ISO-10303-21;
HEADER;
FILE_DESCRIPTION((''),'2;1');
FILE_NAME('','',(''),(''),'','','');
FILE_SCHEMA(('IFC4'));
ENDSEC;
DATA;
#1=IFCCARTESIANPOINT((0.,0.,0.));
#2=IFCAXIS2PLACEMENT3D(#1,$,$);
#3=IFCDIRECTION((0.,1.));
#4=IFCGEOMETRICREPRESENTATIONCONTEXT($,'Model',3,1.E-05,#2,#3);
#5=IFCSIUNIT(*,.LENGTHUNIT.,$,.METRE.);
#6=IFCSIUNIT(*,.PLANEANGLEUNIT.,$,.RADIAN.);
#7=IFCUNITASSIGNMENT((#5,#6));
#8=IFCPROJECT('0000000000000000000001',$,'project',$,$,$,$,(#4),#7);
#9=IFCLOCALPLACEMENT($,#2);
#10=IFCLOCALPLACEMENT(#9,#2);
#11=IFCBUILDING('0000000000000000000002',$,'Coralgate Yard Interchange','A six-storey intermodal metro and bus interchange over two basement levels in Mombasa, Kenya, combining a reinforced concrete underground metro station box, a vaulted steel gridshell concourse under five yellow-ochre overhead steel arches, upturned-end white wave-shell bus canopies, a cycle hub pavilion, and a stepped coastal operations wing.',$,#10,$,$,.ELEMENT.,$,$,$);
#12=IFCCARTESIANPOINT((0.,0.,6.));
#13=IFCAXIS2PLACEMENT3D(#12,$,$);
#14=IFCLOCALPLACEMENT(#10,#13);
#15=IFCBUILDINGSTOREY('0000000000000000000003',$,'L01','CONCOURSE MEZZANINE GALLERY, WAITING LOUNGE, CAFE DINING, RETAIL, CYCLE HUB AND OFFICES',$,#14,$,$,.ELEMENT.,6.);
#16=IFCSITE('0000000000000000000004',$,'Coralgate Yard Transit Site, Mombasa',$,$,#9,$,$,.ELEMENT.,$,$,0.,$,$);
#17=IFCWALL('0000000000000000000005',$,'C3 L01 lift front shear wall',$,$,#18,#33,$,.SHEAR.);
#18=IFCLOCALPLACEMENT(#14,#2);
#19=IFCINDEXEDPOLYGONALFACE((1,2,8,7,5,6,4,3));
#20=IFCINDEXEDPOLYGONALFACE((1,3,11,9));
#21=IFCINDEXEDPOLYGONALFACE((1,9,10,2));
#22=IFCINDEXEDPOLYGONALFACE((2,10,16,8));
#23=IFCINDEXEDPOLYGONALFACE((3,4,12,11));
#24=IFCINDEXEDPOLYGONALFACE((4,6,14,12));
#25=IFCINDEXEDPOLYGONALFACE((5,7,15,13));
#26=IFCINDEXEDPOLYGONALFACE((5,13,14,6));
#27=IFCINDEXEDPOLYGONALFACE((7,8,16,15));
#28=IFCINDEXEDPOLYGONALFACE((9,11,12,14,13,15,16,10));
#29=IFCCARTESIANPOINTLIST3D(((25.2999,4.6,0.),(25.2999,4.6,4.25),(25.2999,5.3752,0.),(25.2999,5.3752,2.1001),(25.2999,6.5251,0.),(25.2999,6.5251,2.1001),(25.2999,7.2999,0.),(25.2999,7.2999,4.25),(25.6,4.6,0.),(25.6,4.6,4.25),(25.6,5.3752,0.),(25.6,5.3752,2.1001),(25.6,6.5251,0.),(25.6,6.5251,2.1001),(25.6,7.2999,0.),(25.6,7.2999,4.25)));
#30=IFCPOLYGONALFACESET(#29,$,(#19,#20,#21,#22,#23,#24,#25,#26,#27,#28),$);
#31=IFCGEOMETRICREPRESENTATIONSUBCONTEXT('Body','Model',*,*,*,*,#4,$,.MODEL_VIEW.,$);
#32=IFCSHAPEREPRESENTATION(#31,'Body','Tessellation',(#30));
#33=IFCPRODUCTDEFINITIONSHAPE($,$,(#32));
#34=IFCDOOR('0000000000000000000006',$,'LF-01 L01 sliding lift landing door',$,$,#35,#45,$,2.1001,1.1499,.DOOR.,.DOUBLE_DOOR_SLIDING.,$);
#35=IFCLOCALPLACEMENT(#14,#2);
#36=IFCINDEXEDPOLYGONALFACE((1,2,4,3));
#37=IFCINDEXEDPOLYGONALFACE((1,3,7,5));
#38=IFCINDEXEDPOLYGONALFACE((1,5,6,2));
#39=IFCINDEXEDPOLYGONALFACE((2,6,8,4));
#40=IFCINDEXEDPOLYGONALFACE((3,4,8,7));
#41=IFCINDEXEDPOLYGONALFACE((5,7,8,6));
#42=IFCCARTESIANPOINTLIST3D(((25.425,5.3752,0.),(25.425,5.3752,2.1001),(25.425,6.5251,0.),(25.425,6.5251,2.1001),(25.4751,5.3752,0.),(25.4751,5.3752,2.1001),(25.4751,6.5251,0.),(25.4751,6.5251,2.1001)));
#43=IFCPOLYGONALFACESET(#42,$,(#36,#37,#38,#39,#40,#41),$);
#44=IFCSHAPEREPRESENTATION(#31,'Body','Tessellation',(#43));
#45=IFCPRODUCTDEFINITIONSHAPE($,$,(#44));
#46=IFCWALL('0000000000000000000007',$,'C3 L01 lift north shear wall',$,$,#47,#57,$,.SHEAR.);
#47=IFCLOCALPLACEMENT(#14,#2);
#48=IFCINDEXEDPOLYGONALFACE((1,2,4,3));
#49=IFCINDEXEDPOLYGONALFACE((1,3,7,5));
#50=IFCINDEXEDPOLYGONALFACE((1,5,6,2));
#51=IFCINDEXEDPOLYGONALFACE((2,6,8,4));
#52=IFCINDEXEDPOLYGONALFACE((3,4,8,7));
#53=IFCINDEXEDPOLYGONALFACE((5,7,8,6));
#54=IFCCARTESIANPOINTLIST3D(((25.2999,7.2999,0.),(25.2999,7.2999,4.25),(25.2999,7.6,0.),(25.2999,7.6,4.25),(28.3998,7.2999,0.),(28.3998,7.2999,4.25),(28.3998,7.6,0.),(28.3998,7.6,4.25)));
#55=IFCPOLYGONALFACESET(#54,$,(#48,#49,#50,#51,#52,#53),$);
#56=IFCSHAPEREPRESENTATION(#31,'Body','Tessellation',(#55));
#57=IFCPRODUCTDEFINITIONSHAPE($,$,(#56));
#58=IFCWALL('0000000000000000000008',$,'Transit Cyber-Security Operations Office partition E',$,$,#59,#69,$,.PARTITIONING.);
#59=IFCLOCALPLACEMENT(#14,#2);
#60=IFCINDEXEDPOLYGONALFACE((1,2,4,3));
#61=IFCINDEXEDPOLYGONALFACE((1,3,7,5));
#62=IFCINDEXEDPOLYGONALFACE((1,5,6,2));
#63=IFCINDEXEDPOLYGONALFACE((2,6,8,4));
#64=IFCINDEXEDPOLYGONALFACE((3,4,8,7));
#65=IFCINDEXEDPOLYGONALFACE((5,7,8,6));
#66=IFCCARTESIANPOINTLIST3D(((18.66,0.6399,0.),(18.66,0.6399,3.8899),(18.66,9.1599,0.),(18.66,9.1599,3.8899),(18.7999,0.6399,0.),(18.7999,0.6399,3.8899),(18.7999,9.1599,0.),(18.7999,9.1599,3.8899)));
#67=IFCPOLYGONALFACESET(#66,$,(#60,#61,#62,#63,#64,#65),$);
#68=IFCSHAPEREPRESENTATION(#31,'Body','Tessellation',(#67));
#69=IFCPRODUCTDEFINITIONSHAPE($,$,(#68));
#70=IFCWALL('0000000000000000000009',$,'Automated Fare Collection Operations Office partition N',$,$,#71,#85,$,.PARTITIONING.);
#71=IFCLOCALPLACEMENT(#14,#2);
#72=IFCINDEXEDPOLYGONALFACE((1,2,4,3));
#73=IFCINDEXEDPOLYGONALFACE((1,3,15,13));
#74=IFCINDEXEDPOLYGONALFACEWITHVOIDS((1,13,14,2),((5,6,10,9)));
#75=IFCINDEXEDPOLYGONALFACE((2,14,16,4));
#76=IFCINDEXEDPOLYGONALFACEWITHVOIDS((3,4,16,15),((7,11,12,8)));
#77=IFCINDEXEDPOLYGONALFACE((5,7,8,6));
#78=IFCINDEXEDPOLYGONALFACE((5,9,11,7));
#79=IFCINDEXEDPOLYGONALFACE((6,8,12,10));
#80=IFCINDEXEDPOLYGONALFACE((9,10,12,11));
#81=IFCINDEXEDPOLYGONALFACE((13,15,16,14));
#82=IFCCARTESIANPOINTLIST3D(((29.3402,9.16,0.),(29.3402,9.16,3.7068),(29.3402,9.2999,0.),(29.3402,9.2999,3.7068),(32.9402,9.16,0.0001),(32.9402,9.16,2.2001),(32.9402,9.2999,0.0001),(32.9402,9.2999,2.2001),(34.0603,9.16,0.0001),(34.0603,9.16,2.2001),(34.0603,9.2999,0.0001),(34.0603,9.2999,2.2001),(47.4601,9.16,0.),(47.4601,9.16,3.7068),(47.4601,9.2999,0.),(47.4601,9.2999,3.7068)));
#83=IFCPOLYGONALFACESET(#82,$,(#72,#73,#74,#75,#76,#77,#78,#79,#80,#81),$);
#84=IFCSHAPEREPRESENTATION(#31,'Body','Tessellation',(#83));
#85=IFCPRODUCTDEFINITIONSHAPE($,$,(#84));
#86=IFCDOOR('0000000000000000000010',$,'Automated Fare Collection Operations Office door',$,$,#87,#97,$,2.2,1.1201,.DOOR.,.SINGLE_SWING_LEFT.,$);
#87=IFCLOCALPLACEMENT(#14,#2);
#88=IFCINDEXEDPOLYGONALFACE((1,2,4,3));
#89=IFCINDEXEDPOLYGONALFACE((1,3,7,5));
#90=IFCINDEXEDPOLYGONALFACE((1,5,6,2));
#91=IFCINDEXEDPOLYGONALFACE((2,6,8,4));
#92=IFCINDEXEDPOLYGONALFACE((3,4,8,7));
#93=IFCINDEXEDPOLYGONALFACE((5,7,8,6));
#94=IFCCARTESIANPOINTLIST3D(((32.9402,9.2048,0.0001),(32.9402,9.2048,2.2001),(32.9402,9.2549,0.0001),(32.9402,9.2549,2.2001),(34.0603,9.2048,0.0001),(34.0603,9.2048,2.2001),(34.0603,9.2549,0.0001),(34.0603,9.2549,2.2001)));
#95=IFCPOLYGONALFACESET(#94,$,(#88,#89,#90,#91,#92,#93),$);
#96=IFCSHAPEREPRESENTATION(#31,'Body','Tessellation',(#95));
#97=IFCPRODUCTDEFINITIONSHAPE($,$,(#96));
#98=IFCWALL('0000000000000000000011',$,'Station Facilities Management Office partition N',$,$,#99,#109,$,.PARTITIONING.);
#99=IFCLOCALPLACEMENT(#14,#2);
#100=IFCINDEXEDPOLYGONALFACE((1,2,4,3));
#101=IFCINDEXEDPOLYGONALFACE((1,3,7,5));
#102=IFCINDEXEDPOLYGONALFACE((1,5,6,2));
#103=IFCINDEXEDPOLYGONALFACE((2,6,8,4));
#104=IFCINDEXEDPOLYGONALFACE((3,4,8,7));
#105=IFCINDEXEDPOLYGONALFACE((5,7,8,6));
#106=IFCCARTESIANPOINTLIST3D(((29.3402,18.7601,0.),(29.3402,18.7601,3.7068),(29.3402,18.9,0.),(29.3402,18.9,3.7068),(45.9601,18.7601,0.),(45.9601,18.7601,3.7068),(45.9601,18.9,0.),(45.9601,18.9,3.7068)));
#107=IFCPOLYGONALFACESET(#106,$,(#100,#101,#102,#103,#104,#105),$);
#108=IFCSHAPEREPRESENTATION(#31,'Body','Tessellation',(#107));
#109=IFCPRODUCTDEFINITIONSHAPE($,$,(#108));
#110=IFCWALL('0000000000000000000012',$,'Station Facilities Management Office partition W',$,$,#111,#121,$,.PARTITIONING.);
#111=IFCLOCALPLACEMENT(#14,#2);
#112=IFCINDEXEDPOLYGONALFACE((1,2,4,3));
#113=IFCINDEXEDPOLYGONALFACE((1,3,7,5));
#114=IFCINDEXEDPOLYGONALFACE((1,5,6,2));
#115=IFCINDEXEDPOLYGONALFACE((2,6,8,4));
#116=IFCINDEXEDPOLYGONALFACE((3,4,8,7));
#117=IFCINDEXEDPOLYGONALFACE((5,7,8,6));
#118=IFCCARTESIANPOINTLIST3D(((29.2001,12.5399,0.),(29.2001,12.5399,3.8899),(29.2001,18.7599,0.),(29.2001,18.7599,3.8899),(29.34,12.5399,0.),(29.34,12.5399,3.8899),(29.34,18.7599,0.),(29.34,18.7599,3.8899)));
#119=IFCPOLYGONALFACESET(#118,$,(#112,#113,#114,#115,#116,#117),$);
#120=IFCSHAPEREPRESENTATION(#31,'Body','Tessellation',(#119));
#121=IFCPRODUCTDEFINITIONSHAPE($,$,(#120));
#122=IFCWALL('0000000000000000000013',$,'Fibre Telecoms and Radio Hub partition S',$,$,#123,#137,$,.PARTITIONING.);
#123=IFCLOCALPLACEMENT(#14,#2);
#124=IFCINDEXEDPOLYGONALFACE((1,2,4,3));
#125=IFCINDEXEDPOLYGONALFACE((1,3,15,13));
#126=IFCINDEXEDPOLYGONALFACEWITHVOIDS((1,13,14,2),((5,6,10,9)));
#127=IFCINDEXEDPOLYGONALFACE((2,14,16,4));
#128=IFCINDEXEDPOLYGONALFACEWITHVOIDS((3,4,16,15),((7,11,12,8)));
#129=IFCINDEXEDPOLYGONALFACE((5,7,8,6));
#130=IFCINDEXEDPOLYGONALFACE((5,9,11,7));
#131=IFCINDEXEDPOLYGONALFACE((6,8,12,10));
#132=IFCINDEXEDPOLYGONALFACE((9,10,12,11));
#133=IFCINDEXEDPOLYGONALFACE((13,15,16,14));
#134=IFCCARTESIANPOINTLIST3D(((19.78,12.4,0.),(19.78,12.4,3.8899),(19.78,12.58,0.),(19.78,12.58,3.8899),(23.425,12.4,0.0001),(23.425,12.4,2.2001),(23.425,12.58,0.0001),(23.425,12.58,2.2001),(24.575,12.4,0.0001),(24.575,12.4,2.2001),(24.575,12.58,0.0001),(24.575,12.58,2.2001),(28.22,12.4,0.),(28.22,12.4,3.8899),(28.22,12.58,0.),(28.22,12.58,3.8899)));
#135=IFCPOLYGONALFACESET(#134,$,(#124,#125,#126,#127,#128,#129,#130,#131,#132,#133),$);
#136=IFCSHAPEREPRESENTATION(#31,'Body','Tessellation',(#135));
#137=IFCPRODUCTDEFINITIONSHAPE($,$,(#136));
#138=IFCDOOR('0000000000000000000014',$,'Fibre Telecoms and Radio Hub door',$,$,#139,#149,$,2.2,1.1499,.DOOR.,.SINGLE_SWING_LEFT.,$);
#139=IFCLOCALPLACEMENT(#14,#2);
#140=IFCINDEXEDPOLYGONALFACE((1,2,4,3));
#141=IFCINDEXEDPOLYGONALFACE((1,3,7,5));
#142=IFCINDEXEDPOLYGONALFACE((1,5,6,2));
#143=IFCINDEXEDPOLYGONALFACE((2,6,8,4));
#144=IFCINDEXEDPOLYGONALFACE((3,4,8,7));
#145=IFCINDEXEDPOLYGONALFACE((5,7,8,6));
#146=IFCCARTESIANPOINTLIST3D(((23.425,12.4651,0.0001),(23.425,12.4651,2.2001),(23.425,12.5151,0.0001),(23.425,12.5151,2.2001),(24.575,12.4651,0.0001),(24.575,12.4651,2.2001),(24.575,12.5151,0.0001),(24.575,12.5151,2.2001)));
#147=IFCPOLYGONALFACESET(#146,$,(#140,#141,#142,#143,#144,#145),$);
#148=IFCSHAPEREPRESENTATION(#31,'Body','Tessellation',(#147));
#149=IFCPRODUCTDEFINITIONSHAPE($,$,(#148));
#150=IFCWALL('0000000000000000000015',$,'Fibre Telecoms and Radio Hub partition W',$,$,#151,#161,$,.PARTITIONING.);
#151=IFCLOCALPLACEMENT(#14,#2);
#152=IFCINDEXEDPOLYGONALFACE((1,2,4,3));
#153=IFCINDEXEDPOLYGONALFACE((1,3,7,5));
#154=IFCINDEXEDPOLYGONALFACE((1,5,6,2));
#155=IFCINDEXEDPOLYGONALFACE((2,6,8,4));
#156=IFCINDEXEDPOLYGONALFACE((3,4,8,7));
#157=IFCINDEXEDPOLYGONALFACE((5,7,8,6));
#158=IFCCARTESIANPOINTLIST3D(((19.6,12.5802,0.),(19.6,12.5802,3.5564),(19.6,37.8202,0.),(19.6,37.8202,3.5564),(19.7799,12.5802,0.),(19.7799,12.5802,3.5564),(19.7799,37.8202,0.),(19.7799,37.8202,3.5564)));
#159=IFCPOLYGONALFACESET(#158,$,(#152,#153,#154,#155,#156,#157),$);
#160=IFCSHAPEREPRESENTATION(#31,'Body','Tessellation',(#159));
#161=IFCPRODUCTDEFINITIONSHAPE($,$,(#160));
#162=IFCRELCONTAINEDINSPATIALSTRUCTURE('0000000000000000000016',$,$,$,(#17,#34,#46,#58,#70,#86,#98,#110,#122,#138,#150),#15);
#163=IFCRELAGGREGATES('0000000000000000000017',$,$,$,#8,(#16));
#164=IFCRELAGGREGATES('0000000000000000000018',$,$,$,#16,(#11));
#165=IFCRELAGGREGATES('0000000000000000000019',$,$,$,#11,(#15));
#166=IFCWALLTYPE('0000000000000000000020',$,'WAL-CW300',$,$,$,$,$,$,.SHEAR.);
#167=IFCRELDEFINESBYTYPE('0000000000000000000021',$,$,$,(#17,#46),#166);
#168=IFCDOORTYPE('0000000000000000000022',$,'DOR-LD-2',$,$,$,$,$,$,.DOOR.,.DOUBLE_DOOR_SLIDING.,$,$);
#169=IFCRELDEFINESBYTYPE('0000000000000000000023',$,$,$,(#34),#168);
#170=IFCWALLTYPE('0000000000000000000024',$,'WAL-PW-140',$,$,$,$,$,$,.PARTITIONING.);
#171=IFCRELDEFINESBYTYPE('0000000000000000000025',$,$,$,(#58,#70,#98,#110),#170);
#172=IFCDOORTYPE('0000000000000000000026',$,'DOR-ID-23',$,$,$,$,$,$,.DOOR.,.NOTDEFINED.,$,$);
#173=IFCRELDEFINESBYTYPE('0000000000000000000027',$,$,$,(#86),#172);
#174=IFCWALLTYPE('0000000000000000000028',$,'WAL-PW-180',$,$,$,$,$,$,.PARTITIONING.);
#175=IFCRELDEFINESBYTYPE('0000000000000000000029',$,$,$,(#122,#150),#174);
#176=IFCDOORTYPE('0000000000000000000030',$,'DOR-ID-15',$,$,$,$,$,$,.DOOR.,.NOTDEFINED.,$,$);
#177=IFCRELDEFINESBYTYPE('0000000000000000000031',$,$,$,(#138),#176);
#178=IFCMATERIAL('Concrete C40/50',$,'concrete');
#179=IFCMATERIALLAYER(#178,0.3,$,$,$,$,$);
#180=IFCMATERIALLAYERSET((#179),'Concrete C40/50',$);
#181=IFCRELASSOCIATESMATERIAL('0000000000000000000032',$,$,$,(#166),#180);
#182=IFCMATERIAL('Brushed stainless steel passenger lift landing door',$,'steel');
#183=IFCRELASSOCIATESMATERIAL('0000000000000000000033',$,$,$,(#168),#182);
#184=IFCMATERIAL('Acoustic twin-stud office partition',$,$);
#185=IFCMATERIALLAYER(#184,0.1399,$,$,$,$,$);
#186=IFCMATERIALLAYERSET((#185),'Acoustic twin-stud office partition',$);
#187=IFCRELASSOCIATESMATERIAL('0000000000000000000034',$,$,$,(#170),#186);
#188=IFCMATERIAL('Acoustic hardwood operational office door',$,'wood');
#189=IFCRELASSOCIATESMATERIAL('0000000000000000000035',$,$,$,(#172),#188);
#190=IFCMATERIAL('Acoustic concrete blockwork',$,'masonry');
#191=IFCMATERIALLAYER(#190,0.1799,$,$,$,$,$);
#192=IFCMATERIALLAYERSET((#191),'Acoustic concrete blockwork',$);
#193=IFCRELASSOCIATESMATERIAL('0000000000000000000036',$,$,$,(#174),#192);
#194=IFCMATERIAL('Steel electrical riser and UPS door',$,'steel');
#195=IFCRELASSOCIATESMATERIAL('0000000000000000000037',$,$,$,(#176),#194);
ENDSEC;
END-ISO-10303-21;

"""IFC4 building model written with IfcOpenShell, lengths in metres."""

from ifc_helpers import new_model, si_unit, direction, frame, frame_2d, origin, place, context, subcontext, project, spatial, rectangle, extrude, material, layer, layer_set, type_object, element, fill, save


model = new_model("IFC4")

# Units and contexts
model_context = context("Model", 3, precision=1e-05, world=origin(), true_north=direction((0.0, 1.0)))
body_context = subcontext(model_context, "Body", "Model", "MODEL_VIEW")
ifc_project = project(units=[si_unit("LENGTHUNIT", "METRE"), si_unit("PLANEANGLEUNIT", "RADIAN")], contexts=[model_context])

# Site, building, storey
site_placement = place(None, origin())
site = spatial("IfcSite", under=ifc_project, at=site_placement, Name="Coralgate Yard Transit Site, Mombasa", CompositionType="ELEMENT", RefElevation=0.0)
building_placement = place(site_placement, origin())
building = spatial("IfcBuilding", under=site, at=building_placement, Name="Coralgate Yard Interchange", Description="A six-storey intermodal metro and bus interchange over two basement levels in Mombasa, Kenya, combining a reinforced concrete underground metro station box, a vaulted steel gridshell concourse under five yellow-ochre overhead steel arches, upturned-end white wave-shell bus canopies, a cycle hub pavilion, and a stepped coastal operations wing.", CompositionType="ELEMENT")
storey_placement = place(building_placement, frame((0.0, 0.0, 6.0)))
storey = spatial("IfcBuildingStorey", under=building, at=storey_placement, Name="L01", Description="CONCOURSE MEZZANINE GALLERY, WAITING LOUNGE, CAFE DINING, RETAIL, CYCLE HUB AND OFFICES", CompositionType="ELEMENT", Elevation=6.0)

# Wall, opening, door
ifc_material_1 = material(Name="Concrete C40/50", Category="concrete")
ifc_layer_1 = layer(ifc_material_1, 0.3)
ifc_layer_set_1 = layer_set([ifc_layer_1], Name="Concrete C40/50")
wall_type_1 = type_object("IfcWallType", Name="WAL-CW300", PredefinedType="SHEAR", material=ifc_layer_set_1)
wall_1_placement = place(storey_placement, frame((25.45, 7.3, 0.0), z_axis=(0.0, 0.0, 1.0), x_axis=(0.0, -1.0, 0.0)))
wall_1 = element("IfcWall", 1, at=wall_1_placement, inside=storey, type_object=wall_type_1, Name="C3 L01 lift front shear wall", PredefinedType="SHEAR", context=body_context, shape_type="SweptSolid", body=[
    extrude(rectangle(XDim=2.7, YDim=0.3, at=frame_2d((1.3501, 0.0))), origin(), (0.0, 0.0, 1.0), 4.25),
])
opening_1_placement = place(wall_1_placement, frame((0.7749, 0.0, 0.0)))
opening_1 = element("IfcOpeningElement", 2, at=opening_1_placement, cuts=wall_1, PredefinedType="OPENING", context=body_context, shape_type="SweptSolid", body=[
    extrude(rectangle(XDim=1.1499, YDim=2.1001, at=frame_2d((0.575, 1.05))), frame((0.0, 0.1599, 0.0), z_axis=(0.0, -1.0, 0.0), x_axis=(1.0, 0.0, 0.0)), (0.0, 0.0, 1.0), 0.3201),
])
ifc_material_2 = material(Name="Brushed stainless steel passenger lift landing door", Category="steel")
door_type_1 = type_object("IfcDoorType", Name="DOR-LD-2", OperationType="DOUBLE_DOOR_SLIDING", PredefinedType="DOOR", material=ifc_material_2)
door_1_placement = place(opening_1_placement, frame((1.1499, 0.0, 0.0), z_axis=(0.0, 0.0, 1.0), x_axis=(-1.0, 0.0, 0.0)))
door_1 = element("IfcDoor", 3, at=door_1_placement, inside=storey, type_object=door_type_1, Name="LF-01 L01 sliding lift landing door", OperationType="DOUBLE_DOOR_SLIDING", OverallHeight=2.1001, OverallWidth=1.1499, PredefinedType="DOOR", context=body_context, shape_type="SweptSolid", body=[
    extrude(rectangle(XDim=1.1499, YDim=2.1001, at=frame_2d((0.575, 1.05))), frame((0.0, 0.0249, 0.0), z_axis=(0.0, -1.0, 0.0), x_axis=(1.0, 0.0, 0.0)), (0.0, 0.0, 1.0), 0.05),
])
fill(opening_1, door_1)

# Walls
wall_2_placement = place(storey_placement, frame((25.3, 7.45, 0.0), z_axis=(0.0, 0.0, 1.0), x_axis=(1.0, 0.0, 0.0)))
element("IfcWall", 4, at=wall_2_placement, inside=storey, type_object=wall_type_1, Name="C3 L01 lift north shear wall", PredefinedType="SHEAR", context=body_context, shape_type="SweptSolid", body=[
    extrude(rectangle(XDim=3.0999, YDim=0.3, at=frame_2d((1.5498, 0.0))), origin(), (0.0, 0.0, 1.0), 4.25),
])
ifc_material_3 = material(Name="Acoustic twin-stud office partition")
ifc_layer_2 = layer(ifc_material_3, 0.1399)
ifc_layer_set_2 = layer_set([ifc_layer_2], Name="Acoustic twin-stud office partition")
wall_type_2 = type_object("IfcWallType", Name="WAL-PW-140", PredefinedType="PARTITIONING", material=ifc_layer_set_2)
wall_3_placement = place(storey_placement, frame((18.73, 9.1599, 0.0), z_axis=(0.0, 0.0, 1.0), x_axis=(0.0, -1.0, 0.0)))
element("IfcWall", 5, at=wall_3_placement, inside=storey, type_object=wall_type_2, Name="Transit Cyber-Security Operations Office partition E", PredefinedType="PARTITIONING", context=body_context, shape_type="SweptSolid", body=[
    extrude(rectangle(XDim=8.52, YDim=0.1399, at=frame_2d((4.26, 0.0))), origin(), (0.0, 0.0, 1.0), 3.8899),
])

# Wall, opening, door
wall_4_placement = place(storey_placement, frame((29.3401, 9.23, 0.0), z_axis=(0.0, 0.0, 1.0), x_axis=(1.0, 0.0, 0.0)))
wall_4 = element("IfcWall", 6, at=wall_4_placement, inside=storey, type_object=wall_type_2, Name="Automated Fare Collection Operations Office partition N", PredefinedType="PARTITIONING", context=body_context, shape_type="SweptSolid", body=[
    extrude(rectangle(XDim=18.1199, YDim=0.1399, at=frame_2d((9.0601, 0.0))), origin(), (0.0, 0.0, 1.0), 3.7068),
])
opening_2_placement = place(wall_4_placement, frame((3.6001, 0.0, 0.0)))
opening_2 = element("IfcOpeningElement", 7, at=opening_2_placement, cuts=wall_4, PredefinedType="OPENING", context=body_context, shape_type="SweptSolid", body=[
    extrude(rectangle(XDim=1.1201, YDim=2.2, at=frame_2d((0.5601, 1.1001))), frame((0.0, 0.0798, 0.0), z_axis=(0.0, -1.0, 0.0), x_axis=(1.0, 0.0, 0.0)), (0.0, 0.0, 1.0), 0.1599),
])
ifc_material_4 = material(Name="Acoustic hardwood operational office door", Category="wood")
door_type_2 = type_object("IfcDoorType", Name="DOR-ID-23", OperationType="NOTDEFINED", PredefinedType="DOOR", material=ifc_material_4)
door_2_placement = place(opening_2_placement, origin())
door_2 = element("IfcDoor", 8, at=door_2_placement, inside=storey, type_object=door_type_2, Name="Automated Fare Collection Operations Office door", OperationType="SINGLE_SWING_LEFT", OverallHeight=2.2, OverallWidth=1.1201, PredefinedType="DOOR", context=body_context, shape_type="SweptSolid", body=[
    extrude(rectangle(XDim=1.1201, YDim=2.2, at=frame_2d((0.5601, 1.1001))), frame((0.0, 0.0249, 0.0), z_axis=(0.0, -1.0, 0.0), x_axis=(1.0, 0.0, 0.0)), (0.0, 0.0, 1.0), 0.05),
])
fill(opening_2, door_2)

# Walls
wall_5_placement = place(storey_placement, frame((29.3401, 18.8301, 0.0), z_axis=(0.0, 0.0, 1.0), x_axis=(1.0, 0.0, 0.0)))
element("IfcWall", 9, at=wall_5_placement, inside=storey, type_object=wall_type_2, Name="Station Facilities Management Office partition N", PredefinedType="PARTITIONING", context=body_context, shape_type="SweptSolid", body=[
    extrude(rectangle(XDim=16.6199, YDim=0.1399, at=frame_2d((8.3101, 0.0))), origin(), (0.0, 0.0, 1.0), 3.7068),
])
wall_6_placement = place(storey_placement, frame((29.27, 12.54, 0.0), z_axis=(0.0, 0.0, 1.0), x_axis=(0.0, 1.0, 0.0)))
element("IfcWall", 10, at=wall_6_placement, inside=storey, type_object=wall_type_2, Name="Station Facilities Management Office partition W", PredefinedType="PARTITIONING", context=body_context, shape_type="SweptSolid", body=[
    extrude(rectangle(XDim=6.22, YDim=0.1399, at=frame_2d((3.1099, 0.0))), origin(), (0.0, 0.0, 1.0), 3.8899),
])

# Wall, opening, door
ifc_material_5 = material(Name="Acoustic concrete blockwork", Category="masonry")
ifc_layer_3 = layer(ifc_material_5, 0.1799)
ifc_layer_set_3 = layer_set([ifc_layer_3], Name="Acoustic concrete blockwork")
wall_type_3 = type_object("IfcWallType", Name="WAL-PW-180", PredefinedType="PARTITIONING", material=ifc_layer_set_3)
wall_7_placement = place(storey_placement, frame((28.22, 12.49, 0.0), z_axis=(0.0, 0.0, 1.0), x_axis=(-1.0, 0.0, 0.0)))
wall_7 = element("IfcWall", 11, at=wall_7_placement, inside=storey, type_object=wall_type_3, Name="Fibre Telecoms and Radio Hub partition S", PredefinedType="PARTITIONING", context=body_context, shape_type="SweptSolid", body=[
    extrude(rectangle(XDim=8.4399, YDim=0.1799, at=frame_2d((4.22, 0.0))), origin(), (0.0, 0.0, 1.0), 3.8899),
])
opening_3_placement = place(wall_7_placement, frame((3.645, 0.0, 0.0)))
opening_3 = element("IfcOpeningElement", 12, at=opening_3_placement, cuts=wall_7, PredefinedType="OPENING", context=body_context, shape_type="SweptSolid", body=[
    extrude(rectangle(XDim=1.1499, YDim=2.2, at=frame_2d((0.575, 1.1001))), frame((0.0, 0.0999, 0.0), z_axis=(0.0, -1.0, 0.0), x_axis=(1.0, 0.0, 0.0)), (0.0, 0.0, 1.0), 0.2),
])
ifc_material_6 = material(Name="Steel electrical riser and UPS door", Category="steel")
door_type_3 = type_object("IfcDoorType", Name="DOR-ID-15", OperationType="NOTDEFINED", PredefinedType="DOOR", material=ifc_material_6)
door_3_placement = place(opening_3_placement, origin())
door_3 = element("IfcDoor", 13, at=door_3_placement, inside=storey, type_object=door_type_3, Name="Fibre Telecoms and Radio Hub door", OperationType="SINGLE_SWING_LEFT", OverallHeight=2.2, OverallWidth=1.1499, PredefinedType="DOOR", context=body_context, shape_type="SweptSolid", body=[
    extrude(rectangle(XDim=1.1499, YDim=2.2, at=frame_2d((0.575, 1.1001))), frame((0.0, 0.0249, 0.0), z_axis=(0.0, -1.0, 0.0), x_axis=(1.0, 0.0, 0.0)), (0.0, 0.0, 1.0), 0.05),
])
fill(opening_3, door_3)

# Wall
wall_8_placement = place(storey_placement, frame((19.6899, 12.5801, 0.0), z_axis=(0.0, 0.0, 1.0), x_axis=(0.0, 1.0, 0.0)))
element("IfcWall", 14, at=wall_8_placement, inside=storey, type_object=wall_type_3, Name="Fibre Telecoms and Radio Hub partition W", PredefinedType="PARTITIONING", context=body_context, shape_type="SweptSolid", body=[
    extrude(rectangle(XDim=25.24, YDim=0.1799, at=frame_2d((12.6201, 0.0))), origin(), (0.0, 0.0, 1.0), 3.5564),
])

save(model, "model.ifc")
